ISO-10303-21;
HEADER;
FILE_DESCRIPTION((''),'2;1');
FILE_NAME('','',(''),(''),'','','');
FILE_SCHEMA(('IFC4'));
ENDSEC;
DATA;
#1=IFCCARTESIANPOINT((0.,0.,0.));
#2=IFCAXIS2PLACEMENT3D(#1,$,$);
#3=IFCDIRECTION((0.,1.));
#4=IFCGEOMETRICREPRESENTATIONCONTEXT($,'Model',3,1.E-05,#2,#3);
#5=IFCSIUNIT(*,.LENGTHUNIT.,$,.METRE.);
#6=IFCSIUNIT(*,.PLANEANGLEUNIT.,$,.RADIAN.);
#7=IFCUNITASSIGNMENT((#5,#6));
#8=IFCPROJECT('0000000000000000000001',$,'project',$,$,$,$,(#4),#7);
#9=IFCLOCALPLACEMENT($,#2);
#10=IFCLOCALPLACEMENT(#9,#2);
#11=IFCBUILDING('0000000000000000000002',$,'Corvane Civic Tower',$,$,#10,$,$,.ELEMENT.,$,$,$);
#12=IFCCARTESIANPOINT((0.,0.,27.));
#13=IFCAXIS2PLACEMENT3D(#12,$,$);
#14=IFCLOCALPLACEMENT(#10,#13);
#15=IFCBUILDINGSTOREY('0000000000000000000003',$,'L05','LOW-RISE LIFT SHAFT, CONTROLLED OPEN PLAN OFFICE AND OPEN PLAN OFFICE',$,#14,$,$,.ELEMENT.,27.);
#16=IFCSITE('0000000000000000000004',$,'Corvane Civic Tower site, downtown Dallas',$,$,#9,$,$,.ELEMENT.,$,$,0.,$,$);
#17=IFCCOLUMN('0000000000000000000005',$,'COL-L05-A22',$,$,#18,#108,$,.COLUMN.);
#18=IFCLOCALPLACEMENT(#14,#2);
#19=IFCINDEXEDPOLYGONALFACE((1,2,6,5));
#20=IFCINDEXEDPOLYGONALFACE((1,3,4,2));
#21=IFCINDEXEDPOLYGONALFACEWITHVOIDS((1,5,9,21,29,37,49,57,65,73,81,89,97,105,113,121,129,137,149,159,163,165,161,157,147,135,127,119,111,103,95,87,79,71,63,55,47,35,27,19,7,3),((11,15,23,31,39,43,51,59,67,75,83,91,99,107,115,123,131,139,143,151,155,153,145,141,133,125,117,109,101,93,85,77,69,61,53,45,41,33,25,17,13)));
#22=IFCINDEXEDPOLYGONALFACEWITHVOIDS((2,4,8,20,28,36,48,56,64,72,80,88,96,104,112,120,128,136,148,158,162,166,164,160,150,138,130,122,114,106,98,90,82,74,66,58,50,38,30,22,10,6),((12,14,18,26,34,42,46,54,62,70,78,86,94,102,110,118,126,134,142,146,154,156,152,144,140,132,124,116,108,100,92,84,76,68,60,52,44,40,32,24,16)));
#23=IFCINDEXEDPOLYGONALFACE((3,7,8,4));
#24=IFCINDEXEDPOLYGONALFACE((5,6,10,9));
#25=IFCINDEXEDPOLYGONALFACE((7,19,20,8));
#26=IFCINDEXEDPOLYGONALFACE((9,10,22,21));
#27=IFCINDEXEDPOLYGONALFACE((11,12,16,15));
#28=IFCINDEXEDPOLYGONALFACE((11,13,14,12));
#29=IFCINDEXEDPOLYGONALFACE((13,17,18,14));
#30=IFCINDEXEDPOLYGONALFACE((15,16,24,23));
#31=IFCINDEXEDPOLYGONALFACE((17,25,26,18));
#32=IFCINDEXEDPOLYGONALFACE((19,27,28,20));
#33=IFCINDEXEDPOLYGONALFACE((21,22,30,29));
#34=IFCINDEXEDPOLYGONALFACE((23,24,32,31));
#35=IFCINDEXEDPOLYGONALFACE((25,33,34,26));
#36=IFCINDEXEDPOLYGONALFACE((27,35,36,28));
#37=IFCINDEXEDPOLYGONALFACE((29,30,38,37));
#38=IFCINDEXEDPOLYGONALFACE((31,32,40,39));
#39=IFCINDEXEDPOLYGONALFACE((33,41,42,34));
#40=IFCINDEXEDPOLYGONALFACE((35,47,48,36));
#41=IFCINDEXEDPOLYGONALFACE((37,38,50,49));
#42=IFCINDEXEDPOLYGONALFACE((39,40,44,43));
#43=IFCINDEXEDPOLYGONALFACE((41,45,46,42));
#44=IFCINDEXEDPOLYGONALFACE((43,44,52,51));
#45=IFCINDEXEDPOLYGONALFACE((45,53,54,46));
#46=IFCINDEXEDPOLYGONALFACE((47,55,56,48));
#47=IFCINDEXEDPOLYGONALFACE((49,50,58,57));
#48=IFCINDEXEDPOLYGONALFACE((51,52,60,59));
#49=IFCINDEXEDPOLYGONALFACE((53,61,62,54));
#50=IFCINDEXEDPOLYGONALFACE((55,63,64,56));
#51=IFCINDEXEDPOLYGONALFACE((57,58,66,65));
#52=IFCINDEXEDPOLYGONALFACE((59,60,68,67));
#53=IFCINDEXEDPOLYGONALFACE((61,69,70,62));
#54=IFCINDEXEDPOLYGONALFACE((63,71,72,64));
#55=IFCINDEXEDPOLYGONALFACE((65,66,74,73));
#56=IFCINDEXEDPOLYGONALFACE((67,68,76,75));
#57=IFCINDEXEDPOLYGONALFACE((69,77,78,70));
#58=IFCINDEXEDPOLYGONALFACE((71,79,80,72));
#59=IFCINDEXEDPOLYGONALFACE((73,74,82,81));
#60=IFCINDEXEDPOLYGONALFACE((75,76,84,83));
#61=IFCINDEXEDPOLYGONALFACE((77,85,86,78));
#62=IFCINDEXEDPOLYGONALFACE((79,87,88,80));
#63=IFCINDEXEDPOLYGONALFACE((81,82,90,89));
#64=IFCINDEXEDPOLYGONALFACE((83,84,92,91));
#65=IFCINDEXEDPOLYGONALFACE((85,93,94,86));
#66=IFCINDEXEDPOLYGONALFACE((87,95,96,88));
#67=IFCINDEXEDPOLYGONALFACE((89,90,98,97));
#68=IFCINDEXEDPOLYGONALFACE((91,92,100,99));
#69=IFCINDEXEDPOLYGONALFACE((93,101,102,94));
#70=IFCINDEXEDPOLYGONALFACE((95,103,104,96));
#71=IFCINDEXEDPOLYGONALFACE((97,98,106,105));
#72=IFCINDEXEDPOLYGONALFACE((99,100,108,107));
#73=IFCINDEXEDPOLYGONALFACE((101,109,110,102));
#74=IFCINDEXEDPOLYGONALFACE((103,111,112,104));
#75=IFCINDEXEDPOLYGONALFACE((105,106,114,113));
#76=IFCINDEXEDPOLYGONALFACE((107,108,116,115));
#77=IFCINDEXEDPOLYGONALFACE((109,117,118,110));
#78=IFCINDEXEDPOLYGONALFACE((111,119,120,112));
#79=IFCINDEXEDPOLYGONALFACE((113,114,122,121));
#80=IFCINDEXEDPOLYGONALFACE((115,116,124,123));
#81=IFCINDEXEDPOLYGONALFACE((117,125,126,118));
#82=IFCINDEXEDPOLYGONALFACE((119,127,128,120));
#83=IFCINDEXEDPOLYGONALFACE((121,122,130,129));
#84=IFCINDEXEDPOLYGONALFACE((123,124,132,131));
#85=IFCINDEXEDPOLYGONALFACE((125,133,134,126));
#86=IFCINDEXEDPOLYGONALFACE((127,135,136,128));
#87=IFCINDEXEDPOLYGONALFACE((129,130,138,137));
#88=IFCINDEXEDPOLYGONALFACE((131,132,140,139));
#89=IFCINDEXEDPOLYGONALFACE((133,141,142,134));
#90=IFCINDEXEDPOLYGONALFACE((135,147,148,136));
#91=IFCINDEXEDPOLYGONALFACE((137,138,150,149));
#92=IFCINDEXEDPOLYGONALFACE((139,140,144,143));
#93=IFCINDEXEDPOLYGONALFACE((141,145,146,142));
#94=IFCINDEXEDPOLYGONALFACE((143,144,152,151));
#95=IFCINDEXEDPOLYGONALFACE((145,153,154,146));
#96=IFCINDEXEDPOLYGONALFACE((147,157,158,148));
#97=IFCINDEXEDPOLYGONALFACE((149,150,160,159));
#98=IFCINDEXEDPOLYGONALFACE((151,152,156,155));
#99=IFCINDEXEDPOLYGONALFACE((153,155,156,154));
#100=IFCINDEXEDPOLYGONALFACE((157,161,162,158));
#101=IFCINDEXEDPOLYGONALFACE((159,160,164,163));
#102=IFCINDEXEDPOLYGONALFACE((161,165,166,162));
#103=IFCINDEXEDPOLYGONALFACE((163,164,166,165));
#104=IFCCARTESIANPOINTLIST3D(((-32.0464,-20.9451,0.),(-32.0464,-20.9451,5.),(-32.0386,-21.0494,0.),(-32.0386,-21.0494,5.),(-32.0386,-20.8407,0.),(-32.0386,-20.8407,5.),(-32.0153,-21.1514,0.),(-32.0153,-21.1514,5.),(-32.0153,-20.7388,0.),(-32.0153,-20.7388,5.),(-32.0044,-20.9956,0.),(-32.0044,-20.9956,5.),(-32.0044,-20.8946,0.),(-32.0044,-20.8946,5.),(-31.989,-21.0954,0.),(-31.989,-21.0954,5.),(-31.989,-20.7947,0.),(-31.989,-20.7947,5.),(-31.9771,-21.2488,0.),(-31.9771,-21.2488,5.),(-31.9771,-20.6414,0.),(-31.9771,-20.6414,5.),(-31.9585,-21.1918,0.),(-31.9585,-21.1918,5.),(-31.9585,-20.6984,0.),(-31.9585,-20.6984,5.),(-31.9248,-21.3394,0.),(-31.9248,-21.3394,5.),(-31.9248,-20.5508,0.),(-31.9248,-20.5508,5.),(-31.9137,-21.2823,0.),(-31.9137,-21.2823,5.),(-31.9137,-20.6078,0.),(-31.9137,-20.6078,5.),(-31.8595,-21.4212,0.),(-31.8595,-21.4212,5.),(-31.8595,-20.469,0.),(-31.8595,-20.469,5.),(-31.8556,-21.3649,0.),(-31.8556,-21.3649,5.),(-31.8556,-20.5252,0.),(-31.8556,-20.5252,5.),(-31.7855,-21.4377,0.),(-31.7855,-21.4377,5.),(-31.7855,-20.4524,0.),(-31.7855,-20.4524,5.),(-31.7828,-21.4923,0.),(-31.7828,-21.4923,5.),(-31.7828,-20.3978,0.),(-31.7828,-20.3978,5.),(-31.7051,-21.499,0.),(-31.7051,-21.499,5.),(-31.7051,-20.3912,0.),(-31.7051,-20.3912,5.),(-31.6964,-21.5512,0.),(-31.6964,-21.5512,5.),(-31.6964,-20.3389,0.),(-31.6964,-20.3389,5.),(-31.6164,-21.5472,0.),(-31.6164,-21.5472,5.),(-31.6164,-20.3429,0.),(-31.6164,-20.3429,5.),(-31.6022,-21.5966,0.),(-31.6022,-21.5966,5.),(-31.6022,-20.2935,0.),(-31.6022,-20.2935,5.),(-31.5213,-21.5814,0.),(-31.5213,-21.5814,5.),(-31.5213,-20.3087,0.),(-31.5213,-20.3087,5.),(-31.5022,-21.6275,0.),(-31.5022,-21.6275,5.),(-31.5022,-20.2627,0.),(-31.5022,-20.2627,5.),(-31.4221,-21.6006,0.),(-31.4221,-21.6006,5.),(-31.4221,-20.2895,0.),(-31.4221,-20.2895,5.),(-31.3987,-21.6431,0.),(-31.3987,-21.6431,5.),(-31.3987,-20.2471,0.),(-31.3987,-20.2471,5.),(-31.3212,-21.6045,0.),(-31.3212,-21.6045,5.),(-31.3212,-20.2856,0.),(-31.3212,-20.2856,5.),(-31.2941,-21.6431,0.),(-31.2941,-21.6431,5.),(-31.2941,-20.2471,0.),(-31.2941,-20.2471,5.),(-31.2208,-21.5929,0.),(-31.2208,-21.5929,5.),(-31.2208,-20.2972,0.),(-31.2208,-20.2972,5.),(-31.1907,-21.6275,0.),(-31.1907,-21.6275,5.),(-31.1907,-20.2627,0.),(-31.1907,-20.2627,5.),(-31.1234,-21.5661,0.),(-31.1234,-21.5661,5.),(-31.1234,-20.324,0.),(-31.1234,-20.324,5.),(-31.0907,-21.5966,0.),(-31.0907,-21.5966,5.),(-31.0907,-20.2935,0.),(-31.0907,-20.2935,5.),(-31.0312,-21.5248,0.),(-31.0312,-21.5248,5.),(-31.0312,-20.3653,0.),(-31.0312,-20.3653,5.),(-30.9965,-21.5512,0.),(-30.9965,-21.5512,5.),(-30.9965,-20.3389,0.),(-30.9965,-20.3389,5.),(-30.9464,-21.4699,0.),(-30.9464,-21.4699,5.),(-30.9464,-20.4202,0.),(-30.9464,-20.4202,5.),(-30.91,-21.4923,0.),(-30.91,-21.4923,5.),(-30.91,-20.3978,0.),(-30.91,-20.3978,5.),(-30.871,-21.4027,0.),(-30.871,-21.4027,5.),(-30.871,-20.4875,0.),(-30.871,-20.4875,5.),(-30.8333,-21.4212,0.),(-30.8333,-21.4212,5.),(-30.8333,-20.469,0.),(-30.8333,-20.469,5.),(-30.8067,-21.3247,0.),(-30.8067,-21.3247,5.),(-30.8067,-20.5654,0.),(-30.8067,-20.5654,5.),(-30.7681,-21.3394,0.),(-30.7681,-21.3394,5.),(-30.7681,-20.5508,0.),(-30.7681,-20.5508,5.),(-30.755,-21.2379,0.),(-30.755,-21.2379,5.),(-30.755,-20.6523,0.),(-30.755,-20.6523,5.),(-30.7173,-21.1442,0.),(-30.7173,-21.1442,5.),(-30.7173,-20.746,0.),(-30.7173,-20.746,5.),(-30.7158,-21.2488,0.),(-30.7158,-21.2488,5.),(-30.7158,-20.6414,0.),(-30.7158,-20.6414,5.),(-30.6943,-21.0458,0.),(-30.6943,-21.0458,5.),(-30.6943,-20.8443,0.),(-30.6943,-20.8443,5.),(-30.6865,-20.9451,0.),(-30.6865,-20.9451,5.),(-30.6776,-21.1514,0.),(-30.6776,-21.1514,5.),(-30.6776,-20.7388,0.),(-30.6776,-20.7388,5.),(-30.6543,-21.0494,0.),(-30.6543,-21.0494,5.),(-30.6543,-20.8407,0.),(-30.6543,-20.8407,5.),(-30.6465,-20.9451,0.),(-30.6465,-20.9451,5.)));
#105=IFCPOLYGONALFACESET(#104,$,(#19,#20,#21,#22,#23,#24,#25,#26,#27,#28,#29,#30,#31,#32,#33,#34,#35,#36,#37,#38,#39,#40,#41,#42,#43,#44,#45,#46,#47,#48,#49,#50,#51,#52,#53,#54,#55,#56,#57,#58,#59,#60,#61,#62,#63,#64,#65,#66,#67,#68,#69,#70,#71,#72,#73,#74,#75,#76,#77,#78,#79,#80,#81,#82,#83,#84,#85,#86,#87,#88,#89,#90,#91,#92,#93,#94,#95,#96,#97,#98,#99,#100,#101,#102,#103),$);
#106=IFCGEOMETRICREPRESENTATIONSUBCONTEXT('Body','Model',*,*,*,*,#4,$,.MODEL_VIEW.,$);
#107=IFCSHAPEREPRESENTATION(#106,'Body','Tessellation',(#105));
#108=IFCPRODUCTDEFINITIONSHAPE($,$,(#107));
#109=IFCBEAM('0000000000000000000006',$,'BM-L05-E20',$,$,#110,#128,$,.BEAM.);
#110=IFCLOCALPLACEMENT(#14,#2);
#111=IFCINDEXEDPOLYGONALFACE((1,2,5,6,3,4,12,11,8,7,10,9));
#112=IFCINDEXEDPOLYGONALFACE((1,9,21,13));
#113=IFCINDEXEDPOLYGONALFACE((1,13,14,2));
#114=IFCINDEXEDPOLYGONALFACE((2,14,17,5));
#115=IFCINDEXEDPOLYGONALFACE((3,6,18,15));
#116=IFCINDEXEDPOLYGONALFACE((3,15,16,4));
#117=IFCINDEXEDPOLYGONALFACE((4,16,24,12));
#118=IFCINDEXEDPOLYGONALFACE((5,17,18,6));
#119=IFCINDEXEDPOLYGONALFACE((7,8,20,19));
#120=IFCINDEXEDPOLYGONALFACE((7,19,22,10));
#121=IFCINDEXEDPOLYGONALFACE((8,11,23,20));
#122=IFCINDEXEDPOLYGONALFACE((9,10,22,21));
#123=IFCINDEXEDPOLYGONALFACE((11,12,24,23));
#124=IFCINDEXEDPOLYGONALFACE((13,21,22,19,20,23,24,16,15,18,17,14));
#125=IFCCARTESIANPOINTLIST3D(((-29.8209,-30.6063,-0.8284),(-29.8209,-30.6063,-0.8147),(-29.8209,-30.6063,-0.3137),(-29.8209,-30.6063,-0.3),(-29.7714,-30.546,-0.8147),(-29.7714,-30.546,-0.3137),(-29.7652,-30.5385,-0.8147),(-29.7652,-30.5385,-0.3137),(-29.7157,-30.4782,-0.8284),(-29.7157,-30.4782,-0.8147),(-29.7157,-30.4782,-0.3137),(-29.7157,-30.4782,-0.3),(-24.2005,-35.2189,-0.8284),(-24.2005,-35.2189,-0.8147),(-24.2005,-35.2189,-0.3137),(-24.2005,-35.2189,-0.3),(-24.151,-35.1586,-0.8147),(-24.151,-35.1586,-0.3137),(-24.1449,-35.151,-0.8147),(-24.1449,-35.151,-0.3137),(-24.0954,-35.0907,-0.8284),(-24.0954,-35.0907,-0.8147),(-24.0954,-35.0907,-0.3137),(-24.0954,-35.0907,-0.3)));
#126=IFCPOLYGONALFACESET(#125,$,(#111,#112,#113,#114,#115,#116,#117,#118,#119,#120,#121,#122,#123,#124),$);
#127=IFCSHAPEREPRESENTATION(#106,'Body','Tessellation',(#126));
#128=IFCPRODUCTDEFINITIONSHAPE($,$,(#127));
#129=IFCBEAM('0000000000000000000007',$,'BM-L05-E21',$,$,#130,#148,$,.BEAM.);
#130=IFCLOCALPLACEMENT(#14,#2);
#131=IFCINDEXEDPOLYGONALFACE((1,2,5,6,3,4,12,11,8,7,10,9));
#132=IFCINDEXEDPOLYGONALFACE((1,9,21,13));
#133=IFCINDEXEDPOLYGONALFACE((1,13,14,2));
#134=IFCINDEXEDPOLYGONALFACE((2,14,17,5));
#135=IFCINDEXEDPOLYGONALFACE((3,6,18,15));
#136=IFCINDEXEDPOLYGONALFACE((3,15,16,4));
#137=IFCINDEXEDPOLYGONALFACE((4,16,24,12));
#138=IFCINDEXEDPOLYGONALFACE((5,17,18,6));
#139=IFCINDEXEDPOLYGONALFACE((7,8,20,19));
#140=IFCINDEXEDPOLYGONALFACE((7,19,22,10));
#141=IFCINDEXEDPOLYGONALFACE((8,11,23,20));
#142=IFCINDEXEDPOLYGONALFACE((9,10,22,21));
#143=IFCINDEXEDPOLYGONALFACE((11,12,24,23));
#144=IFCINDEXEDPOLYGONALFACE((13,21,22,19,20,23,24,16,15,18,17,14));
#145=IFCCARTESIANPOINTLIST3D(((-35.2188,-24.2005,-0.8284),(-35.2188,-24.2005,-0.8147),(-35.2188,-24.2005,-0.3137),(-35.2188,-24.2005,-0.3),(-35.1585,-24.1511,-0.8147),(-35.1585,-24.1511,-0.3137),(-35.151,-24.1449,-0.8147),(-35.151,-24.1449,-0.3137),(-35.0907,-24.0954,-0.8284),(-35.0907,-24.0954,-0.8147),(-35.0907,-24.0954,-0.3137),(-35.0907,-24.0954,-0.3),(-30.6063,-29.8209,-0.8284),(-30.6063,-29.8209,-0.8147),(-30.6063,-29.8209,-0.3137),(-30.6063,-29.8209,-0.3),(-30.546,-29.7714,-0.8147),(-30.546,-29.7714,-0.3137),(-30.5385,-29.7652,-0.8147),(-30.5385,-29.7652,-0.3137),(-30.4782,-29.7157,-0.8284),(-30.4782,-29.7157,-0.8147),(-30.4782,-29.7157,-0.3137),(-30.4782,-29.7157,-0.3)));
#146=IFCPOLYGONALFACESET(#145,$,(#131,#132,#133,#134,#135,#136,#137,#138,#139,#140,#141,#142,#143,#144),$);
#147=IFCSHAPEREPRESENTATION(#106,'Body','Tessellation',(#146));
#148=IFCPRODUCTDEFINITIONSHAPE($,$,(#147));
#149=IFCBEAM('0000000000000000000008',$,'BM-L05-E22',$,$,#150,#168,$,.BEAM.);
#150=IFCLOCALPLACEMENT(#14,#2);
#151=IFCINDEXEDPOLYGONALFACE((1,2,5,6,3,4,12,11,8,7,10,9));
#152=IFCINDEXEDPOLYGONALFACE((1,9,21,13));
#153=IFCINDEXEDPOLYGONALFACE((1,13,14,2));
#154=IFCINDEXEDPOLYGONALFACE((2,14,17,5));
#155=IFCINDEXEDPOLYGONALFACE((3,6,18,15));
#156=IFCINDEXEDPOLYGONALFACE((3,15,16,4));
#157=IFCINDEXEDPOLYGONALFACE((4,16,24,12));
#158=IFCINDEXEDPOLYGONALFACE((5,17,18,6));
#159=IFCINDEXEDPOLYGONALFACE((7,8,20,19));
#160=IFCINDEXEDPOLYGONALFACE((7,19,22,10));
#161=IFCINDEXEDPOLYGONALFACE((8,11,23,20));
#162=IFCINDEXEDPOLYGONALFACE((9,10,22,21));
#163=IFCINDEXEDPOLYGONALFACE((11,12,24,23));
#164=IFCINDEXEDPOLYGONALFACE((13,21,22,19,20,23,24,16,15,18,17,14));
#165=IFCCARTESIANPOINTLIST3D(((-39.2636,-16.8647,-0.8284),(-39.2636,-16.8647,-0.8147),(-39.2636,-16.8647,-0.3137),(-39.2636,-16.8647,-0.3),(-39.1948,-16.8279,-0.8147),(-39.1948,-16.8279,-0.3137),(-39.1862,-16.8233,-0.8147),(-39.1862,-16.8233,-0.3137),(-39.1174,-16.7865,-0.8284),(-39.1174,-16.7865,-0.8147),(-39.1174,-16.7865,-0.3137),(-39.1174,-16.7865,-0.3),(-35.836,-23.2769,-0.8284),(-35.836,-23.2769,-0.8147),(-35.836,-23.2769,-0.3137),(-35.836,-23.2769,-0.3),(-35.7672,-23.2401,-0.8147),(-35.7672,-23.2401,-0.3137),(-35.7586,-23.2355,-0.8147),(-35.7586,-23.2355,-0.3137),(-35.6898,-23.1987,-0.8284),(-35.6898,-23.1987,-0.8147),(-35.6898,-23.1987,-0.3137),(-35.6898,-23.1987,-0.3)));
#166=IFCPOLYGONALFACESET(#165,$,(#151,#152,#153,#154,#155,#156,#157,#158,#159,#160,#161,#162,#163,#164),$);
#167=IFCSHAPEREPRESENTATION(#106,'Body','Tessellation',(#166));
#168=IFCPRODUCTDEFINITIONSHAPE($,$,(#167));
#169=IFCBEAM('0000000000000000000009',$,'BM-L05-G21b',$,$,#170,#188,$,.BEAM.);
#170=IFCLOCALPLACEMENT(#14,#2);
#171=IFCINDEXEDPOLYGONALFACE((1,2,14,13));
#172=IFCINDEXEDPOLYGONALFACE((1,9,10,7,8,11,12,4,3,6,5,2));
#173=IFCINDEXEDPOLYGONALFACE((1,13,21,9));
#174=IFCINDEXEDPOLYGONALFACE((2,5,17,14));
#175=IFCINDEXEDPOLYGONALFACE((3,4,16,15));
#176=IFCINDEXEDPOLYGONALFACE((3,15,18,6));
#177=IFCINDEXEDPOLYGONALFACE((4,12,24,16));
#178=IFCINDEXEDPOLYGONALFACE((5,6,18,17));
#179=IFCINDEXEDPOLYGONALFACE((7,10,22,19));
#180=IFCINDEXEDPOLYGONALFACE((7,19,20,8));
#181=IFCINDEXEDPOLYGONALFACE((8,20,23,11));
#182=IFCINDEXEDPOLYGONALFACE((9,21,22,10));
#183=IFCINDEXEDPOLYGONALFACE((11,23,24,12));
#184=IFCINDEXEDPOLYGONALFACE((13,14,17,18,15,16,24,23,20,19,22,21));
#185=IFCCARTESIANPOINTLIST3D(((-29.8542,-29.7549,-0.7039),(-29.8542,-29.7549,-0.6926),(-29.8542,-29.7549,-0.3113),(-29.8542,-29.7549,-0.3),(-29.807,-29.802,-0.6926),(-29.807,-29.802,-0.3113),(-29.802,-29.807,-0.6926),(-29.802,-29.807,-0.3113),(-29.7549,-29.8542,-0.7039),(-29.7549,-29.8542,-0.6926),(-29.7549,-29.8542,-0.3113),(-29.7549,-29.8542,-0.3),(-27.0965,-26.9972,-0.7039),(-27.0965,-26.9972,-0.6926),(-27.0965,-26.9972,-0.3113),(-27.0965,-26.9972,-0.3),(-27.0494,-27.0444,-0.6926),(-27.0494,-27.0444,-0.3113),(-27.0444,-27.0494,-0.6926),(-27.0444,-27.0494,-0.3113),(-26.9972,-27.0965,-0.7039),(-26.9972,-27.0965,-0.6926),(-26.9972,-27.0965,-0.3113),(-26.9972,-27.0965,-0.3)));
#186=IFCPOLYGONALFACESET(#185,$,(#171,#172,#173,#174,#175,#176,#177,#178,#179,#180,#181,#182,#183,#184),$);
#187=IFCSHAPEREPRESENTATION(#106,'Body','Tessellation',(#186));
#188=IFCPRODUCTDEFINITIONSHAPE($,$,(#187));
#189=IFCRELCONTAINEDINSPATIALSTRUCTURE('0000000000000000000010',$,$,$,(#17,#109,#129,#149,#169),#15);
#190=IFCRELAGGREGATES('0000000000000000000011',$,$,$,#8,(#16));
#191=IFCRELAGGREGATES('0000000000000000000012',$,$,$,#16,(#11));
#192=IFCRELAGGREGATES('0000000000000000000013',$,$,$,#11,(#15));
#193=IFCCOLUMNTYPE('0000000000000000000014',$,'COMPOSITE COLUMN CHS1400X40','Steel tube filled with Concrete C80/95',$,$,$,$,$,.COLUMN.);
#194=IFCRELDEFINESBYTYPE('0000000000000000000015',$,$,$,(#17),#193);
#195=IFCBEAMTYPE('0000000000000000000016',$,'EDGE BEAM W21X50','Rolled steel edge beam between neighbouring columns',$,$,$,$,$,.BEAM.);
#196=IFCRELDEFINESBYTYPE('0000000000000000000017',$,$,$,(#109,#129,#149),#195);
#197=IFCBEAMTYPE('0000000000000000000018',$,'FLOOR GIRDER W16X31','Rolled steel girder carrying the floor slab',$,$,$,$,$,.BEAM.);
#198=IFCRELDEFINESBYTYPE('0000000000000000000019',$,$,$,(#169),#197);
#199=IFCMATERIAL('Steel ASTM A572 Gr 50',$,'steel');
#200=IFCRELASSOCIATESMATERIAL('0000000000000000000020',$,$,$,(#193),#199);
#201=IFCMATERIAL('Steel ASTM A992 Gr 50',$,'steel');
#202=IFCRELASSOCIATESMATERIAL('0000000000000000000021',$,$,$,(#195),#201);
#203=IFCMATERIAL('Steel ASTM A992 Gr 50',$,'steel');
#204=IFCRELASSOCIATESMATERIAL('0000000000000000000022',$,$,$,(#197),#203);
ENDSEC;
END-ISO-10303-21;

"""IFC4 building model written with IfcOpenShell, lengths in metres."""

from ifc_helpers import new_model, si_unit, direction, frame, origin, origin_2d, place, context, subcontext, project, spatial, hollow_circle, i_section, extrude, material, material_profile, profile_set, type_object, element, save


model = new_model("IFC4")

# Units and contexts
model_context = context("Model", 3, precision=1e-05, world=origin(), true_north=direction((0.0, 1.0)))
body_context = subcontext(model_context, "Body", "Model", "MODEL_VIEW")
ifc_project = project(units=[si_unit("LENGTHUNIT", "METRE"), si_unit("PLANEANGLEUNIT", "RADIAN")], contexts=[model_context])

# Site, building, storey
site_placement = place(None, origin())
site = spatial("IfcSite", under=ifc_project, at=site_placement, Name="Corvane Civic Tower site, downtown Dallas", CompositionType="ELEMENT", RefElevation=0.0)
building_placement = place(site_placement, origin())
building = spatial("IfcBuilding", under=site, at=building_placement, Name="Corvane Civic Tower", CompositionType="ELEMENT")
storey_placement = place(building_placement, frame((0.0, 0.0, 27.0)))
storey = spatial("IfcBuildingStorey", under=building, at=storey_placement, Name="L05", Description="LOW-RISE LIFT SHAFT, CONTROLLED OPEN PLAN OFFICE AND OPEN PLAN OFFICE", CompositionType="ELEMENT", Elevation=27.0)

# Column
ifc_material_1 = material(Name="Steel ASTM A572 Gr 50", Category="steel")
ifc_material_profile_1 = material_profile(ifc_material_1, hollow_circle(Radius=0.7, WallThickness=0.04, at=origin_2d()), Name="CHS1400X40")
ifc_profile_set_1 = profile_set([ifc_material_profile_1], Name="Steel ASTM A572 Gr 50")
column_type_1 = type_object("IfcColumnType", Name="COMPOSITE COLUMN CHS1400X40", Description="Steel tube filled with Concrete C80/95", PredefinedType="COLUMN", material=ifc_profile_set_1)
for number, where, z_axis, x_axis, name in (
    (1, (-31.3464, -20.9451, 0.0), (0.0, 0.0, 1.0), (1.0, 0.0, 0.0), "COL-L05-A22"),
):
    element("IfcColumn", number, at=place(storey_placement, frame(where, z_axis=z_axis, x_axis=x_axis)), inside=storey, type_object=column_type_1, Name=name, PredefinedType="COLUMN", context=body_context, shape_type="SweptSolid", body=[
        extrude(hollow_circle(Radius=0.7, WallThickness=0.04, at=origin_2d()), origin(), (0.0, 0.0, 1.0), 5.0),
    ])

# Beams
ifc_material_2 = material(Name="Steel ASTM A992 Gr 50", Category="steel")
ifc_material_profile_2 = material_profile(ifc_material_2, i_section(OverallWidth=0.1658, OverallDepth=0.5283, WebThickness=0.0098, FlangeThickness=0.0137, at=origin_2d()), Name="W21X50")
ifc_profile_set_2 = profile_set([ifc_material_profile_2], Name="Steel ASTM A992 Gr 50")
beam_type_1 = type_object("IfcBeamType", Name="EDGE BEAM W21X50", Description="Rolled steel edge beam between neighbouring columns", PredefinedType="BEAM", material=ifc_profile_set_2)
for number, where, z_axis, x_axis, name in (
    (2, (-24.1479, -35.1548, -0.5642), (-0.773008, 0.634396, 0.0), (-0.634396, -0.773008, 0.0), "BM-L05-E20"),
    (3, (-30.5422, -29.7683, -0.5642), (-0.634396, 0.773008, 0.0), (-0.773008, -0.634396, 0.0), "BM-L05-E21"),
    (4, (-35.7629, -23.2378, -0.5642), (-0.471412, 0.881913, 0.0), (-0.881913, -0.471412, 0.0), "BM-L05-E22"),
):
    element("IfcBeam", number, at=place(storey_placement, frame(where, z_axis=z_axis, x_axis=x_axis)), inside=storey, type_object=beam_type_1, Name=name, PredefinedType="BEAM", context=body_context, shape_type="SweptSolid", body=[
        extrude(i_section(OverallWidth=0.1658, OverallDepth=0.5283, WebThickness=0.0098, FlangeThickness=0.0137, at=origin_2d()), origin(), (0.0, 0.0, 1.0), 7.2708),
    ])
ifc_material_3 = material(Name="Steel ASTM A992 Gr 50", Category="steel")
ifc_material_profile_3 = material_profile(ifc_material_3, i_section(OverallWidth=0.1404, OverallDepth=0.4038, WebThickness=0.0071, FlangeThickness=0.0112, at=origin_2d()), Name="W16X31")
ifc_profile_set_3 = profile_set([ifc_material_profile_3], Name="Steel ASTM A992 Gr 50")
beam_type_2 = type_object("IfcBeamType", Name="FLOOR GIRDER W16X31", Description="Rolled steel girder carrying the floor slab", PredefinedType="BEAM", material=ifc_profile_set_3)
for number, where, z_axis, x_axis, name in (
    (5, (-27.0469, -27.0469, -0.502), (-0.707107, -0.707107, 0.0), (0.707107, -0.707107, 0.0), "BM-L05-G21b"),
):
    element("IfcBeam", number, at=place(storey_placement, frame(where, z_axis=z_axis, x_axis=x_axis)), inside=storey, type_object=beam_type_2, Name=name, PredefinedType="BEAM", context=body_context, shape_type="SweptSolid", body=[
        extrude(i_section(OverallWidth=0.1404, OverallDepth=0.4038, WebThickness=0.0071, FlangeThickness=0.0112, at=origin_2d()), origin(), (0.0, 0.0, 1.0), 3.8999),
    ])

save(model, "model.ifc")
